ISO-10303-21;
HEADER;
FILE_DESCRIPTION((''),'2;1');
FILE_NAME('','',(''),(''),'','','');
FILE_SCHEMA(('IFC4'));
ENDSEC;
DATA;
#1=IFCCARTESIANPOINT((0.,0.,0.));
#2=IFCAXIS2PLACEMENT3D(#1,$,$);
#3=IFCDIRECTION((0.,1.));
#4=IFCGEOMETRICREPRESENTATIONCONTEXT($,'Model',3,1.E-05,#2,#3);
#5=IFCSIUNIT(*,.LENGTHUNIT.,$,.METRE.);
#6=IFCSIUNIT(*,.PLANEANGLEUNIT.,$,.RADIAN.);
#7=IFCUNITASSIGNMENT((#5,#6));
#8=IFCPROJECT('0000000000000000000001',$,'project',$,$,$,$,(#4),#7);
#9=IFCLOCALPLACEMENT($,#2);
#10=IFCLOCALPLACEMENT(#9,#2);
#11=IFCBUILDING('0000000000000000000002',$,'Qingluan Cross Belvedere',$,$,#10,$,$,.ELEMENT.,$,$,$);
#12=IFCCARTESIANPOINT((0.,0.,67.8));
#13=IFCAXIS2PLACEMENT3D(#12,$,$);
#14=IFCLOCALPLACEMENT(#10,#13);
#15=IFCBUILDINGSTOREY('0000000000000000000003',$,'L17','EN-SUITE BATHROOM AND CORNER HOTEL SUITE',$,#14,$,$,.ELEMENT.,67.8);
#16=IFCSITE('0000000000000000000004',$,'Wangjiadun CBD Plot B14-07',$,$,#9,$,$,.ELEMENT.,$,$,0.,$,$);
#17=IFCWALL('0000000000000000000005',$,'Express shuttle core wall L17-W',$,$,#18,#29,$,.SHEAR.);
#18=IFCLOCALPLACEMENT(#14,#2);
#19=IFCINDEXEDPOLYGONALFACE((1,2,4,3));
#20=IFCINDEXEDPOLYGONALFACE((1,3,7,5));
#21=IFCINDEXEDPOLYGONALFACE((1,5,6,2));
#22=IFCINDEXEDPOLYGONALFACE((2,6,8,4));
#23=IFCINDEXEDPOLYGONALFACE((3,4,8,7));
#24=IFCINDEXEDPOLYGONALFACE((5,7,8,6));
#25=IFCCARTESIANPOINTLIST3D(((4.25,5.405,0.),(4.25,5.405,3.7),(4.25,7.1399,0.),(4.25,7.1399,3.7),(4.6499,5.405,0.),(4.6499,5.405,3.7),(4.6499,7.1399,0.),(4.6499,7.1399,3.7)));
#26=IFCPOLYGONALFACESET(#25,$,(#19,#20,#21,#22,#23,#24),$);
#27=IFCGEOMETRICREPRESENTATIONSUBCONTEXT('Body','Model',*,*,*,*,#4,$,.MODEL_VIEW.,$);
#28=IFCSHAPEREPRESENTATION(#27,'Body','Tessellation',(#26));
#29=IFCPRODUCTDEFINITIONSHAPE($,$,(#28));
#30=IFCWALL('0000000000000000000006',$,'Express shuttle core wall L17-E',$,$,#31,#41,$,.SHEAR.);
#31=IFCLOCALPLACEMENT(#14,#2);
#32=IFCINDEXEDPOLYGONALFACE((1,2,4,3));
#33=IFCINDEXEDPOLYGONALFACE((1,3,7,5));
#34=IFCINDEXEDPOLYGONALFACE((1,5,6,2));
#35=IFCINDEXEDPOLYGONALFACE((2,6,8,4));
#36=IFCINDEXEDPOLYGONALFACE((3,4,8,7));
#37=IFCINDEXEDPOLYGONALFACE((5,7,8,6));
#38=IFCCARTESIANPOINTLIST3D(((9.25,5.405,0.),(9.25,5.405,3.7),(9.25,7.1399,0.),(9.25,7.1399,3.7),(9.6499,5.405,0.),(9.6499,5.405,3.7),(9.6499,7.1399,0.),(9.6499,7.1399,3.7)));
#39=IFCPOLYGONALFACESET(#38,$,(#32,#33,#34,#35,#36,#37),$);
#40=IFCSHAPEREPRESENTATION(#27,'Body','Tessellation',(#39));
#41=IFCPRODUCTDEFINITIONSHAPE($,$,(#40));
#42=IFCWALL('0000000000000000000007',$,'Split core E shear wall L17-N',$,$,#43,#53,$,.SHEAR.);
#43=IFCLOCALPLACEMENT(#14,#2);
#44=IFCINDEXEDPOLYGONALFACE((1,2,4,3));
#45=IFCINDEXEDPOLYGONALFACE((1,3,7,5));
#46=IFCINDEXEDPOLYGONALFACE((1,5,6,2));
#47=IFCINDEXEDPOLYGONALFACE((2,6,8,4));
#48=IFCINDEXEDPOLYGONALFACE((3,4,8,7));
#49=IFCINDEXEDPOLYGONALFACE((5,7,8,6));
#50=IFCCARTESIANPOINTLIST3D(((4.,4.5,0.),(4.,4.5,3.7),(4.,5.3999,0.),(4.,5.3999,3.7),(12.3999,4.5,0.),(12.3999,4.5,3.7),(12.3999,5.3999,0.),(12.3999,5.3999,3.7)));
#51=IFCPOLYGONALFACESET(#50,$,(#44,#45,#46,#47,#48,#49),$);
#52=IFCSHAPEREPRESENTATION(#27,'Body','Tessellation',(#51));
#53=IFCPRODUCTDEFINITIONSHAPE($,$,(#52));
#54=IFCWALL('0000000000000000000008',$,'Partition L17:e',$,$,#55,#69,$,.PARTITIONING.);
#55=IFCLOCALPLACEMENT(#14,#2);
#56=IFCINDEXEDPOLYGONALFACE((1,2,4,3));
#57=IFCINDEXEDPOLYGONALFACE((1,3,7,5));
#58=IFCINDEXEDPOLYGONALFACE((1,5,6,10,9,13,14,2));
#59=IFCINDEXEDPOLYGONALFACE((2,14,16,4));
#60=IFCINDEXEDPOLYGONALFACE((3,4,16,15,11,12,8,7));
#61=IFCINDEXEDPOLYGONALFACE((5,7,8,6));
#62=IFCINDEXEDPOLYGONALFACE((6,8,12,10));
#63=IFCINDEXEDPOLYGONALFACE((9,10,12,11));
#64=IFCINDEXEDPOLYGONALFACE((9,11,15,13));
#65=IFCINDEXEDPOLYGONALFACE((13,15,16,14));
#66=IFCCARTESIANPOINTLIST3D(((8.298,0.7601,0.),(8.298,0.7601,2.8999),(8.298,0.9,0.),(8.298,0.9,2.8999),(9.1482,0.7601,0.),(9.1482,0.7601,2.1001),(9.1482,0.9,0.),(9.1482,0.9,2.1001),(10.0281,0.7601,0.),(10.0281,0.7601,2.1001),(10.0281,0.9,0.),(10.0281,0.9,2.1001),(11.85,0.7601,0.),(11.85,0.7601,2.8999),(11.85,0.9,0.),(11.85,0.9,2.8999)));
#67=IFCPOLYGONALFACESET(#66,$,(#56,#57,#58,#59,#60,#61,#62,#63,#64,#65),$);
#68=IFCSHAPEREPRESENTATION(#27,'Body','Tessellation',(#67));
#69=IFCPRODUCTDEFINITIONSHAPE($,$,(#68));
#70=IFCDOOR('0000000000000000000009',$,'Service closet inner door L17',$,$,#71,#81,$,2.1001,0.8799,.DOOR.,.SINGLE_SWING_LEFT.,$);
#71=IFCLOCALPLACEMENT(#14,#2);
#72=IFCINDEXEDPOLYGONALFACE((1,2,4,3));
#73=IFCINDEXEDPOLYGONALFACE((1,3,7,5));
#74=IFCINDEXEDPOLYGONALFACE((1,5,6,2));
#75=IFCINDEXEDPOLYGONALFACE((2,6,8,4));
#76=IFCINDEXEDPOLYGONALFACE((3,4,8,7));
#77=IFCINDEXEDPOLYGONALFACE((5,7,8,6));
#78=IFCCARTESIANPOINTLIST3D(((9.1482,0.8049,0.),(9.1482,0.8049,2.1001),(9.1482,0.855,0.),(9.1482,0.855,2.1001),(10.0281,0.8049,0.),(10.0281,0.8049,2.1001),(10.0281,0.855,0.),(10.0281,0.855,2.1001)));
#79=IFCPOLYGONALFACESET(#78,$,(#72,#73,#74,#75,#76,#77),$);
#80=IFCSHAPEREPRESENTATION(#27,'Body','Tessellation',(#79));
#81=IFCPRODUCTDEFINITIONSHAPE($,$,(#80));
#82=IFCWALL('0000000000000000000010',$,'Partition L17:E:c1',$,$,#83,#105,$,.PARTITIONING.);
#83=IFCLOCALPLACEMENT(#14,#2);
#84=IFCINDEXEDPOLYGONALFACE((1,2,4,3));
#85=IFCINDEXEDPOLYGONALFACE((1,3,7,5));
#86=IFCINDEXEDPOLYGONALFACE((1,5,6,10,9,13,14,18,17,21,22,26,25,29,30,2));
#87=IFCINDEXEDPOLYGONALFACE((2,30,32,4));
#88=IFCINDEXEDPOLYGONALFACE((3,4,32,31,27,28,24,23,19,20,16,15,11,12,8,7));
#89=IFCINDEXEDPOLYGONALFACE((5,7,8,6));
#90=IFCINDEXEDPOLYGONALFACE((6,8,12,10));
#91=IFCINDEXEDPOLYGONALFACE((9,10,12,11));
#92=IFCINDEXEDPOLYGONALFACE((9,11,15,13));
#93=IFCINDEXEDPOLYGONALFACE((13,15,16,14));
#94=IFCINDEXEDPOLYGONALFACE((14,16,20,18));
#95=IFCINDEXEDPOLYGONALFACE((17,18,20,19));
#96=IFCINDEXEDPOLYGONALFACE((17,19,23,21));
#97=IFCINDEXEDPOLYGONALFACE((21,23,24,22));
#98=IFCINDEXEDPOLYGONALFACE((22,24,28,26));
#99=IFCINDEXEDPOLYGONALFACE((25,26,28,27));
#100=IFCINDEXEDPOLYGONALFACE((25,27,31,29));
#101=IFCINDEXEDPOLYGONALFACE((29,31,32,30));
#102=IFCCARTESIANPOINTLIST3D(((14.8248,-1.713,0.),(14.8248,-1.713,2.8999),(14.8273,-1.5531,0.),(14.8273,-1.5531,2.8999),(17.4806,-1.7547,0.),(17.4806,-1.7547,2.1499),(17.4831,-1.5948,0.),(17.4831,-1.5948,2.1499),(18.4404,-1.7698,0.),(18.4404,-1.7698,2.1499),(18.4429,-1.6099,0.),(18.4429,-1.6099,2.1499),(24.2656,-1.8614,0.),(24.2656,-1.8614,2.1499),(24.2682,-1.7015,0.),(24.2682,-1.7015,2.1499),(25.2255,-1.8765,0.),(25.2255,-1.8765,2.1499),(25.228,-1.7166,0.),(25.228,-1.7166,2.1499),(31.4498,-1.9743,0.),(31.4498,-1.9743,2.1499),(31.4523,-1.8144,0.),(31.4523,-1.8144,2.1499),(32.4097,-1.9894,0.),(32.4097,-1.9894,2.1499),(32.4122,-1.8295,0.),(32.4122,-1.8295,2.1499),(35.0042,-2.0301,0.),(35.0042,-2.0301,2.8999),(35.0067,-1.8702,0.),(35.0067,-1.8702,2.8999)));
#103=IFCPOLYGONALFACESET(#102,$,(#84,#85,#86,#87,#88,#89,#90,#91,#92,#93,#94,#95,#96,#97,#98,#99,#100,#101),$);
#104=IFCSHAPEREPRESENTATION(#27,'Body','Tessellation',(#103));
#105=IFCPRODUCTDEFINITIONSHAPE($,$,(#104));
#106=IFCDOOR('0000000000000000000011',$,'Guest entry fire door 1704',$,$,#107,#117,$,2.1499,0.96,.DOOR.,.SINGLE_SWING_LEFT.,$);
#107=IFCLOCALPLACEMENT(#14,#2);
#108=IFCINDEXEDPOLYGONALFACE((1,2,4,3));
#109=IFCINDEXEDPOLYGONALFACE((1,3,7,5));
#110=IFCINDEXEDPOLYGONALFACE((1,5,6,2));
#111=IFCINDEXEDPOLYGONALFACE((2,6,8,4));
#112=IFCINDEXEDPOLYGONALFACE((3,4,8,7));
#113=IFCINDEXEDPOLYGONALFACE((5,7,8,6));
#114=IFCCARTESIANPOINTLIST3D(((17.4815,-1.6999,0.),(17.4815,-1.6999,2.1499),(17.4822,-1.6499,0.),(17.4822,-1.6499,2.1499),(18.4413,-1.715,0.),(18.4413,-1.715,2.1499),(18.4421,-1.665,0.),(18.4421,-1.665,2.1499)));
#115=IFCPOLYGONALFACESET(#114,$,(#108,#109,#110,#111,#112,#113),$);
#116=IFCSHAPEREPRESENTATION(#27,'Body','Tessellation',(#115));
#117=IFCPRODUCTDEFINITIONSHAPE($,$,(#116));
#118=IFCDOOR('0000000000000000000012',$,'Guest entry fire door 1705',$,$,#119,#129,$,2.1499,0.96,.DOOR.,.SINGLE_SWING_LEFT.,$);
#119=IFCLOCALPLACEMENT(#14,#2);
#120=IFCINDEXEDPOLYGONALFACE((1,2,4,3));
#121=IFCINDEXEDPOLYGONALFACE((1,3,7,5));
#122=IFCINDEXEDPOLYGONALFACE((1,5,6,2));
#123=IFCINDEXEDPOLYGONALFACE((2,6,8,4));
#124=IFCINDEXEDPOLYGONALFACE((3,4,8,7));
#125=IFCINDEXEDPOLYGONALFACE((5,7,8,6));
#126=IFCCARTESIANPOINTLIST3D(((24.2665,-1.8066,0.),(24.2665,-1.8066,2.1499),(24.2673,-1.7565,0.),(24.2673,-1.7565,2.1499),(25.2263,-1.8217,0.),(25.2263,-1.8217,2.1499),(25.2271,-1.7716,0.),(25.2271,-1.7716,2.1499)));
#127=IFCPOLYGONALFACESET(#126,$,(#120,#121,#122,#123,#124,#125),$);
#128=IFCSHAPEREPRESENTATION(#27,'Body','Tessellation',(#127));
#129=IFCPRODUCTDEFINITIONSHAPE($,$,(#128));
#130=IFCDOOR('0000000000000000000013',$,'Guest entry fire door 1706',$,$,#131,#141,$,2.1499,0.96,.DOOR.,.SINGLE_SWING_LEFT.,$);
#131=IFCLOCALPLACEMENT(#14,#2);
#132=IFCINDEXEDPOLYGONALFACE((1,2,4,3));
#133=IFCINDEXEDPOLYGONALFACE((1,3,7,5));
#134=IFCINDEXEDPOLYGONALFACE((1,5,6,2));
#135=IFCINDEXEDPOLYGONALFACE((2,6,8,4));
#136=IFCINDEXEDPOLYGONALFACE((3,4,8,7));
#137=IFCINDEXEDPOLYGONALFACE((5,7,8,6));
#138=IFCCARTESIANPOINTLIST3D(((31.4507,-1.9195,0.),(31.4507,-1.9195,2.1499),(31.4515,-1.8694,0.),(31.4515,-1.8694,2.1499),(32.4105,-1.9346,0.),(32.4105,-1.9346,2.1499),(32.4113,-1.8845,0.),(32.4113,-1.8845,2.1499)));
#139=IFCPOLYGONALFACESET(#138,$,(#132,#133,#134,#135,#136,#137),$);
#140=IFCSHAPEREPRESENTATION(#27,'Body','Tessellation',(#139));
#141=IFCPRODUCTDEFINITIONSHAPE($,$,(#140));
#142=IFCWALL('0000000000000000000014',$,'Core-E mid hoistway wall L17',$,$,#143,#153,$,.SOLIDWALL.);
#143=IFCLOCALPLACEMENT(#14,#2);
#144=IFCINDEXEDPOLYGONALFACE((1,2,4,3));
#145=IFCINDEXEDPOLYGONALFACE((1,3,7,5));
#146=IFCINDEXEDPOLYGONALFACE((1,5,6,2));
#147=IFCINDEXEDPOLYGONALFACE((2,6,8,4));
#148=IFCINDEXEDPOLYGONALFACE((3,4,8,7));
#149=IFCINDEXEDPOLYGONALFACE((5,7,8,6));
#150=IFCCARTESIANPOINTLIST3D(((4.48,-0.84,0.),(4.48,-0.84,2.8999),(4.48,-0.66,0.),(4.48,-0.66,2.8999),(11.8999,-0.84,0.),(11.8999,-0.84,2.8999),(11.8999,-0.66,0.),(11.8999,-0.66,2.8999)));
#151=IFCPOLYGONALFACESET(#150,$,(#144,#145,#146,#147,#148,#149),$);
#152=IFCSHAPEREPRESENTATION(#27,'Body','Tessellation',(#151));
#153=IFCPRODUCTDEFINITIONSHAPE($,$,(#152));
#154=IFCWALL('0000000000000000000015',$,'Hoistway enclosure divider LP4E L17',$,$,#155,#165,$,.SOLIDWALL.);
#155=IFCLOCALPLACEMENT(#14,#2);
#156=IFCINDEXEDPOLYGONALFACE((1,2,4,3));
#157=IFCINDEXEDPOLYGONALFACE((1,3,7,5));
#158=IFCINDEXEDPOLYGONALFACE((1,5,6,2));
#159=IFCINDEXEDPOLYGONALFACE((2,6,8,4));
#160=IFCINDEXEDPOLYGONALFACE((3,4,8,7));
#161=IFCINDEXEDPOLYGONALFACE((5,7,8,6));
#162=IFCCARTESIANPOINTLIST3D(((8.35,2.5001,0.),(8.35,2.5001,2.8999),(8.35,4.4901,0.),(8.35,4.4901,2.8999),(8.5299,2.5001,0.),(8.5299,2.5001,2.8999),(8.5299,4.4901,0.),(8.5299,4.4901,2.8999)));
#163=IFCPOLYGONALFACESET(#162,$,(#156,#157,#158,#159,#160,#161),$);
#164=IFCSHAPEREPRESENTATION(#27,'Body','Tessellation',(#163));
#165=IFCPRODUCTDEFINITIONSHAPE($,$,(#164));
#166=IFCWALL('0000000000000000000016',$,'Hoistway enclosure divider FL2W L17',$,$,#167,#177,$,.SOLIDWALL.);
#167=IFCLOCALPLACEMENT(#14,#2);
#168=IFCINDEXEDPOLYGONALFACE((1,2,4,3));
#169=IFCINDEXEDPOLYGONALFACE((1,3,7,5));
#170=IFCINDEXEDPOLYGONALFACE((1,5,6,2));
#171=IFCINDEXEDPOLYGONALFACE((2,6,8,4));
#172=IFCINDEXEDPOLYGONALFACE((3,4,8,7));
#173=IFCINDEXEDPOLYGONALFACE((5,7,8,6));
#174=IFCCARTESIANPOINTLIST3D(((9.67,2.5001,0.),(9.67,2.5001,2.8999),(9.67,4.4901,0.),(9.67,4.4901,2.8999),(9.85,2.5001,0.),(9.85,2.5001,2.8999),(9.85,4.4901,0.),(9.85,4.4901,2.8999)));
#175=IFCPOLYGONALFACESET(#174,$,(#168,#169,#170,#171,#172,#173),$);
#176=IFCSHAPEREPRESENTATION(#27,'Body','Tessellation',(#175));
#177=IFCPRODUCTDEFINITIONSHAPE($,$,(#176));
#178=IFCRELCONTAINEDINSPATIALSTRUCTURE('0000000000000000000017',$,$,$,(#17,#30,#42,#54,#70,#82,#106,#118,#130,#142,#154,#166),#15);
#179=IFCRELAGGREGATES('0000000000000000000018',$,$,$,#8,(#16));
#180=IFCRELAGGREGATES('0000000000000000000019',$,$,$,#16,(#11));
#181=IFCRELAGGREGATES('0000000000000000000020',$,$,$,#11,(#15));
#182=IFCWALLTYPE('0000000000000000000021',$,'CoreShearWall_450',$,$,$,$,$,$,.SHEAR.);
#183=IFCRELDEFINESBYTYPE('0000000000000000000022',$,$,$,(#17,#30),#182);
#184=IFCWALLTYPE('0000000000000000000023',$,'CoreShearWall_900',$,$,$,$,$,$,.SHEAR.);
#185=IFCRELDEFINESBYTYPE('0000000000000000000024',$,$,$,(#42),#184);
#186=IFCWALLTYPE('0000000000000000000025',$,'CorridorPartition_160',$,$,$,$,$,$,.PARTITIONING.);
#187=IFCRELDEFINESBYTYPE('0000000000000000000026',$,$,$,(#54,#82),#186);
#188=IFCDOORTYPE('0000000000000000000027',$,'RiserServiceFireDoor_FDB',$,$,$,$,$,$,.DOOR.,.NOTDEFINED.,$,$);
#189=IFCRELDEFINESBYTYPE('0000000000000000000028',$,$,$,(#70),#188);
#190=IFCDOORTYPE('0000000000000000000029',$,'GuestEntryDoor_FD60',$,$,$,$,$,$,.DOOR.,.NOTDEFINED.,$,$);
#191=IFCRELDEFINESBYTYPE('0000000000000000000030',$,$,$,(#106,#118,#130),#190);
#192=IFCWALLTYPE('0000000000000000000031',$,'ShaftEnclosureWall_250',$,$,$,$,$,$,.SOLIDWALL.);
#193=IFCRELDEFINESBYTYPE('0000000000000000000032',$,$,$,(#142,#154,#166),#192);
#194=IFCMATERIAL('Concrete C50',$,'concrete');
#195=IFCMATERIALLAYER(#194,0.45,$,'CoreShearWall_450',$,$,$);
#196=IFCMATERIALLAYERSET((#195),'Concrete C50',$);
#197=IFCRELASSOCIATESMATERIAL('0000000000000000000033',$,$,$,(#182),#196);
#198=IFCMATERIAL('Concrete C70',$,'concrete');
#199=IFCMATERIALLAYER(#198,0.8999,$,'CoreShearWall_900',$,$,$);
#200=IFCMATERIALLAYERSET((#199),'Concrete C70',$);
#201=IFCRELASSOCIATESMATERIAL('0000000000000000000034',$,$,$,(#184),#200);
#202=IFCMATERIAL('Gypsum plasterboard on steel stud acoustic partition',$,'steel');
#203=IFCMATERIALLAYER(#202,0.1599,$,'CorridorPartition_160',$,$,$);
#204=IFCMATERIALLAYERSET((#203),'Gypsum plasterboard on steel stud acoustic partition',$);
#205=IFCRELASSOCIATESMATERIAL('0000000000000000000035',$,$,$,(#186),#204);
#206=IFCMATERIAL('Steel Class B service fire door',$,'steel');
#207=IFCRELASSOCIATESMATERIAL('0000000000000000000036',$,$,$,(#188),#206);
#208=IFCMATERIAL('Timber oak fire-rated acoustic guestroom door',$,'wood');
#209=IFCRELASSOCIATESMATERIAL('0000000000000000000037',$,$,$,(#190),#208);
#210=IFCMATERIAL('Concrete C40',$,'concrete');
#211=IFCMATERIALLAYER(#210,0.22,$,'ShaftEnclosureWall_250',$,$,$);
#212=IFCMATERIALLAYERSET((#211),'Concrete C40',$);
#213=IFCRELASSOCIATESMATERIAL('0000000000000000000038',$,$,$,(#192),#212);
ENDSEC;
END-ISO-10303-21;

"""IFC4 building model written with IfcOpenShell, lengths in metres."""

from ifc_helpers import new_model, si_unit, direction, frame, frame_2d, origin, place, context, subcontext, project, spatial, rectangle, extrude, material, layer, layer_set, type_object, element, fill, save


model = new_model("IFC4")

# Units and contexts
model_context = context("Model", 3, precision=1e-05, world=origin(), true_north=direction((0.0, 1.0)))
body_context = subcontext(model_context, "Body", "Model", "MODEL_VIEW")
ifc_project = project(units=[si_unit("LENGTHUNIT", "METRE"), si_unit("PLANEANGLEUNIT", "RADIAN")], contexts=[model_context])

# Site, building, storey
site_placement = place(None, origin())
site = spatial("IfcSite", under=ifc_project, at=site_placement, Name="Wangjiadun CBD Plot B14-07", CompositionType="ELEMENT", RefElevation=0.0)
building_placement = place(site_placement, origin())
building = spatial("IfcBuilding", under=site, at=building_placement, Name="Qingluan Cross Belvedere", CompositionType="ELEMENT")
storey_placement = place(building_placement, frame((0.0, 0.0, 67.8)))
storey = spatial("IfcBuildingStorey", under=building, at=storey_placement, Name="L17", Description="EN-SUITE BATHROOM AND CORNER HOTEL SUITE", CompositionType="ELEMENT", Elevation=67.8)

# Walls
ifc_material_1 = material(Name="Concrete C50", Category="concrete")
ifc_layer_1 = layer(ifc_material_1, 0.45, Name="CoreShearWall_450")
ifc_layer_set_1 = layer_set([ifc_layer_1], Name="Concrete C50")
wall_type_1 = type_object("IfcWallType", Name="CoreShearWall_450", PredefinedType="SHEAR", material=ifc_layer_set_1)
for number, where, z_axis, x_axis, name in (
    (1, (4.45, 5.405, 0.0), (0.0, 0.0, 1.0), (0.0, 1.0, 0.0), "Express shuttle core wall L17-W"),
    (2, (9.45, 5.405, 0.0), (0.0, 0.0, 1.0), (0.0, 1.0, 0.0), "Express shuttle core wall L17-E"),
):
    element("IfcWall", number, at=place(storey_placement, frame(where, z_axis=z_axis, x_axis=x_axis)), inside=storey, type_object=wall_type_1, Name=name, PredefinedType="SHEAR", context=body_context, shape_type="SweptSolid", body=[
        extrude(rectangle(XDim=1.7349, YDim=0.3999, at=frame_2d((0.8674, 0.0))), origin(), (0.0, 0.0, 1.0), 3.7),
    ])
ifc_material_2 = material(Name="Concrete C70", Category="concrete")
ifc_layer_2 = layer(ifc_material_2, 0.8999, Name="CoreShearWall_900")
ifc_layer_set_2 = layer_set([ifc_layer_2], Name="Concrete C70")
wall_type_2 = type_object("IfcWallType", Name="CoreShearWall_900", PredefinedType="SHEAR", material=ifc_layer_set_2)
wall_1_placement = place(storey_placement, frame((4.0, 4.95, 0.0), z_axis=(0.0, 0.0, 1.0), x_axis=(1.0, 0.0, 0.0)))
element("IfcWall", 3, at=wall_1_placement, inside=storey, type_object=wall_type_2, Name="Split core E shear wall L17-N", PredefinedType="SHEAR", context=body_context, shape_type="SweptSolid", body=[
    extrude(rectangle(XDim=8.3999, YDim=0.8999, at=frame_2d((4.2, 0.0))), origin(), (0.0, 0.0, 1.0), 3.7),
])

# Wall, opening, door
ifc_material_3 = material(Name="Gypsum plasterboard on steel stud acoustic partition", Category="steel")
ifc_layer_3 = layer(ifc_material_3, 0.1599, Name="CorridorPartition_160")
ifc_layer_set_3 = layer_set([ifc_layer_3], Name="Gypsum plasterboard on steel stud acoustic partition")
wall_type_3 = type_object("IfcWallType", Name="CorridorPartition_160", PredefinedType="PARTITIONING", material=ifc_layer_set_3)
wall_2_placement = place(storey_placement, frame((8.2981, 0.8301, 0.0), z_axis=(0.0, 0.0, 1.0), x_axis=(1.0, 0.0, 0.0)))
wall_2 = element("IfcWall", 4, at=wall_2_placement, inside=storey, type_object=wall_type_3, Name="Partition L17:e", PredefinedType="PARTITIONING", context=body_context, shape_type="SweptSolid", body=[
    extrude(rectangle(XDim=3.552, YDim=0.1399, at=frame_2d((1.7759, 0.0))), origin(), (0.0, 0.0, 1.0), 2.8999),
])
opening_1_placement = place(wall_2_placement, frame((0.8501, 0.0, 0.0)))
opening_1 = element("IfcOpeningElement", 5, at=opening_1_placement, cuts=wall_2, PredefinedType="OPENING", context=body_context, shape_type="SweptSolid", body=[
    extrude(rectangle(XDim=0.8799, YDim=2.1001, at=frame_2d((0.4399, 1.05))), frame((0.0, 0.0798, 0.0), z_axis=(0.0, -1.0, 0.0), x_axis=(1.0, 0.0, 0.0)), (0.0, 0.0, 1.0), 0.1599),
])
ifc_material_4 = material(Name="Steel Class B service fire door", Category="steel")
door_type_1 = type_object("IfcDoorType", Name="RiserServiceFireDoor_FDB", OperationType="NOTDEFINED", PredefinedType="DOOR", material=ifc_material_4)
door_1_placement = place(opening_1_placement, origin())
door_1 = element("IfcDoor", 6, at=door_1_placement, inside=storey, type_object=door_type_1, Name="Service closet inner door L17", OperationType="SINGLE_SWING_LEFT", OverallHeight=2.1001, OverallWidth=0.8799, PredefinedType="DOOR", context=body_context, shape_type="SweptSolid", body=[
    extrude(rectangle(XDim=0.8799, YDim=2.1001, at=frame_2d((0.4399, 1.05))), frame((0.0, 0.0249, 0.0), z_axis=(0.0, -1.0, 0.0), x_axis=(1.0, 0.0, 0.0)), (0.0, 0.0, 1.0), 0.05),
])
fill(opening_1, door_1)

# Wall, openings, doors
wall_3_placement = place(storey_placement, frame((14.8262, -1.6331, 0.0), z_axis=(0.0, 0.0, 1.0), x_axis=(0.999877, -0.015714, 0.0)))
wall_3 = element("IfcWall", 7, at=wall_3_placement, inside=storey, type_object=wall_type_3, Name="Partition L17:E:c1", PredefinedType="PARTITIONING", context=body_context, shape_type="SweptSolid", body=[
    extrude(rectangle(XDim=20.1819, YDim=0.1599, at=frame_2d((10.0908, 0.0))), origin(), (0.0, 0.0, 1.0), 2.8999),
])
opening_2_placement = place(wall_3_placement, frame((2.656, 0.0, 0.0)))
opening_2 = element("IfcOpeningElement", 8, at=opening_2_placement, cuts=wall_3, PredefinedType="OPENING", context=body_context, shape_type="SweptSolid", body=[
    extrude(rectangle(XDim=0.96, YDim=2.1499, at=frame_2d((0.48, 1.075))), frame((0.0, 0.0898, 0.0), z_axis=(0.0, -1.0, 0.0), x_axis=(1.0, 0.0, 0.0)), (0.0, 0.0, 1.0), 0.1799),
])
opening_3_placement = place(wall_3_placement, frame((9.4419, 0.0, 0.0)))
opening_3 = element("IfcOpeningElement", 9, at=opening_3_placement, cuts=wall_3, PredefinedType="OPENING", context=body_context, shape_type="SweptSolid", body=[
    extrude(rectangle(XDim=0.96, YDim=2.1499, at=frame_2d((0.48, 1.075))), frame((0.0, 0.0898, 0.0), z_axis=(0.0, -1.0, 0.0), x_axis=(1.0, 0.0, 0.0)), (0.0, 0.0, 1.0), 0.1799),
])
opening_4_placement = place(wall_3_placement, frame((16.627, 0.0, 0.0)))
opening_4 = element("IfcOpeningElement", 10, at=opening_4_placement, cuts=wall_3, PredefinedType="OPENING", context=body_context, shape_type="SweptSolid", body=[
    extrude(rectangle(XDim=0.96, YDim=2.1499, at=frame_2d((0.48, 1.075))), frame((0.0, 0.0898, 0.0), z_axis=(0.0, -1.0, 0.0), x_axis=(1.0, 0.0, 0.0)), (0.0, 0.0, 1.0), 0.1799),
])
ifc_material_5 = material(Name="Timber oak fire-rated acoustic guestroom door", Category="wood")
door_type_2 = type_object("IfcDoorType", Name="GuestEntryDoor_FD60", OperationType="NOTDEFINED", PredefinedType="DOOR", material=ifc_material_5)
door_2_placement = place(opening_2_placement, origin())
door_2 = element("IfcDoor", 11, at=door_2_placement, inside=storey, type_object=door_type_2, Name="Guest entry fire door 1704", OperationType="SINGLE_SWING_LEFT", OverallHeight=2.1499, OverallWidth=0.96, PredefinedType="DOOR", context=body_context, shape_type="SweptSolid", body=[
    extrude(rectangle(XDim=0.96, YDim=2.1499, at=frame_2d((0.48, 1.075))), frame((0.0, 0.0249, 0.0), z_axis=(0.0, -1.0, 0.0), x_axis=(1.0, 0.0, 0.0)), (0.0, 0.0, 1.0), 0.05),
])
fill(opening_2, door_2)
door_3_placement = place(opening_3_placement, origin())
door_3 = element("IfcDoor", 12, at=door_3_placement, inside=storey, type_object=door_type_2, Name="Guest entry fire door 1705", OperationType="SINGLE_SWING_LEFT", OverallHeight=2.1499, OverallWidth=0.96, PredefinedType="DOOR", context=body_context, shape_type="SweptSolid", body=[
    extrude(rectangle(XDim=0.96, YDim=2.1499, at=frame_2d((0.48, 1.075))), frame((0.0, 0.0249, 0.0), z_axis=(0.0, -1.0, 0.0), x_axis=(1.0, 0.0, 0.0)), (0.0, 0.0, 1.0), 0.05),
])
fill(opening_3, door_3)
door_4_placement = place(opening_4_placement, origin())
door_4 = element("IfcDoor", 13, at=door_4_placement, inside=storey, type_object=door_type_2, Name="Guest entry fire door 1706", OperationType="SINGLE_SWING_LEFT", OverallHeight=2.1499, OverallWidth=0.96, PredefinedType="DOOR", context=body_context, shape_type="SweptSolid", body=[
    extrude(rectangle(XDim=0.96, YDim=2.1499, at=frame_2d((0.48, 1.075))), frame((0.0, 0.0249, 0.0), z_axis=(0.0, -1.0, 0.0), x_axis=(1.0, 0.0, 0.0)), (0.0, 0.0, 1.0), 0.05),
])
fill(opening_4, door_4)
ifc_material_6 = material(Name="Concrete C40", Category="concrete")
ifc_layer_4 = layer(ifc_material_6, 0.22, Name="ShaftEnclosureWall_250")
ifc_layer_set_4 = layer_set([ifc_layer_4], Name="Concrete C40")
wall_type_4 = type_object("IfcWallType", Name="ShaftEnclosureWall_250", PredefinedType="SOLIDWALL", material=ifc_layer_set_4)

# Walls
wall_4_placement = place(storey_placement, frame((4.48, -0.75, 0.0), z_axis=(0.0, 0.0, 1.0), x_axis=(1.0, 0.0, 0.0)))
element("IfcWall", 14, at=wall_4_placement, inside=storey, type_object=wall_type_4, Name="Core-E mid hoistway wall L17", PredefinedType="SOLIDWALL", context=body_context, shape_type="SweptSolid", body=[
    extrude(rectangle(XDim=7.4199, YDim=0.1799, at=frame_2d((3.71, 0.0))), origin(), (0.0, 0.0, 1.0), 2.8999),
])
for number, where, z_axis, x_axis, name in (
    (15, (8.4399, 2.5, 0.0), (0.0, 0.0, 1.0), (0.0, 1.0, 0.0), "Hoistway enclosure divider LP4E L17"),
    (16, (9.76, 2.5, 0.0), (0.0, 0.0, 1.0), (0.0, 1.0, 0.0), "Hoistway enclosure divider FL2W L17"),
):
    element("IfcWall", number, at=place(storey_placement, frame(where, z_axis=z_axis, x_axis=x_axis)), inside=storey, type_object=wall_type_4, Name=name, PredefinedType="SOLIDWALL", context=body_context, shape_type="SweptSolid", body=[
        extrude(rectangle(XDim=1.99, YDim=0.1799, at=frame_2d((0.9951, 0.0))), origin(), (0.0, 0.0, 1.0), 2.8999),
    ])

save(model, "model.ifc")
